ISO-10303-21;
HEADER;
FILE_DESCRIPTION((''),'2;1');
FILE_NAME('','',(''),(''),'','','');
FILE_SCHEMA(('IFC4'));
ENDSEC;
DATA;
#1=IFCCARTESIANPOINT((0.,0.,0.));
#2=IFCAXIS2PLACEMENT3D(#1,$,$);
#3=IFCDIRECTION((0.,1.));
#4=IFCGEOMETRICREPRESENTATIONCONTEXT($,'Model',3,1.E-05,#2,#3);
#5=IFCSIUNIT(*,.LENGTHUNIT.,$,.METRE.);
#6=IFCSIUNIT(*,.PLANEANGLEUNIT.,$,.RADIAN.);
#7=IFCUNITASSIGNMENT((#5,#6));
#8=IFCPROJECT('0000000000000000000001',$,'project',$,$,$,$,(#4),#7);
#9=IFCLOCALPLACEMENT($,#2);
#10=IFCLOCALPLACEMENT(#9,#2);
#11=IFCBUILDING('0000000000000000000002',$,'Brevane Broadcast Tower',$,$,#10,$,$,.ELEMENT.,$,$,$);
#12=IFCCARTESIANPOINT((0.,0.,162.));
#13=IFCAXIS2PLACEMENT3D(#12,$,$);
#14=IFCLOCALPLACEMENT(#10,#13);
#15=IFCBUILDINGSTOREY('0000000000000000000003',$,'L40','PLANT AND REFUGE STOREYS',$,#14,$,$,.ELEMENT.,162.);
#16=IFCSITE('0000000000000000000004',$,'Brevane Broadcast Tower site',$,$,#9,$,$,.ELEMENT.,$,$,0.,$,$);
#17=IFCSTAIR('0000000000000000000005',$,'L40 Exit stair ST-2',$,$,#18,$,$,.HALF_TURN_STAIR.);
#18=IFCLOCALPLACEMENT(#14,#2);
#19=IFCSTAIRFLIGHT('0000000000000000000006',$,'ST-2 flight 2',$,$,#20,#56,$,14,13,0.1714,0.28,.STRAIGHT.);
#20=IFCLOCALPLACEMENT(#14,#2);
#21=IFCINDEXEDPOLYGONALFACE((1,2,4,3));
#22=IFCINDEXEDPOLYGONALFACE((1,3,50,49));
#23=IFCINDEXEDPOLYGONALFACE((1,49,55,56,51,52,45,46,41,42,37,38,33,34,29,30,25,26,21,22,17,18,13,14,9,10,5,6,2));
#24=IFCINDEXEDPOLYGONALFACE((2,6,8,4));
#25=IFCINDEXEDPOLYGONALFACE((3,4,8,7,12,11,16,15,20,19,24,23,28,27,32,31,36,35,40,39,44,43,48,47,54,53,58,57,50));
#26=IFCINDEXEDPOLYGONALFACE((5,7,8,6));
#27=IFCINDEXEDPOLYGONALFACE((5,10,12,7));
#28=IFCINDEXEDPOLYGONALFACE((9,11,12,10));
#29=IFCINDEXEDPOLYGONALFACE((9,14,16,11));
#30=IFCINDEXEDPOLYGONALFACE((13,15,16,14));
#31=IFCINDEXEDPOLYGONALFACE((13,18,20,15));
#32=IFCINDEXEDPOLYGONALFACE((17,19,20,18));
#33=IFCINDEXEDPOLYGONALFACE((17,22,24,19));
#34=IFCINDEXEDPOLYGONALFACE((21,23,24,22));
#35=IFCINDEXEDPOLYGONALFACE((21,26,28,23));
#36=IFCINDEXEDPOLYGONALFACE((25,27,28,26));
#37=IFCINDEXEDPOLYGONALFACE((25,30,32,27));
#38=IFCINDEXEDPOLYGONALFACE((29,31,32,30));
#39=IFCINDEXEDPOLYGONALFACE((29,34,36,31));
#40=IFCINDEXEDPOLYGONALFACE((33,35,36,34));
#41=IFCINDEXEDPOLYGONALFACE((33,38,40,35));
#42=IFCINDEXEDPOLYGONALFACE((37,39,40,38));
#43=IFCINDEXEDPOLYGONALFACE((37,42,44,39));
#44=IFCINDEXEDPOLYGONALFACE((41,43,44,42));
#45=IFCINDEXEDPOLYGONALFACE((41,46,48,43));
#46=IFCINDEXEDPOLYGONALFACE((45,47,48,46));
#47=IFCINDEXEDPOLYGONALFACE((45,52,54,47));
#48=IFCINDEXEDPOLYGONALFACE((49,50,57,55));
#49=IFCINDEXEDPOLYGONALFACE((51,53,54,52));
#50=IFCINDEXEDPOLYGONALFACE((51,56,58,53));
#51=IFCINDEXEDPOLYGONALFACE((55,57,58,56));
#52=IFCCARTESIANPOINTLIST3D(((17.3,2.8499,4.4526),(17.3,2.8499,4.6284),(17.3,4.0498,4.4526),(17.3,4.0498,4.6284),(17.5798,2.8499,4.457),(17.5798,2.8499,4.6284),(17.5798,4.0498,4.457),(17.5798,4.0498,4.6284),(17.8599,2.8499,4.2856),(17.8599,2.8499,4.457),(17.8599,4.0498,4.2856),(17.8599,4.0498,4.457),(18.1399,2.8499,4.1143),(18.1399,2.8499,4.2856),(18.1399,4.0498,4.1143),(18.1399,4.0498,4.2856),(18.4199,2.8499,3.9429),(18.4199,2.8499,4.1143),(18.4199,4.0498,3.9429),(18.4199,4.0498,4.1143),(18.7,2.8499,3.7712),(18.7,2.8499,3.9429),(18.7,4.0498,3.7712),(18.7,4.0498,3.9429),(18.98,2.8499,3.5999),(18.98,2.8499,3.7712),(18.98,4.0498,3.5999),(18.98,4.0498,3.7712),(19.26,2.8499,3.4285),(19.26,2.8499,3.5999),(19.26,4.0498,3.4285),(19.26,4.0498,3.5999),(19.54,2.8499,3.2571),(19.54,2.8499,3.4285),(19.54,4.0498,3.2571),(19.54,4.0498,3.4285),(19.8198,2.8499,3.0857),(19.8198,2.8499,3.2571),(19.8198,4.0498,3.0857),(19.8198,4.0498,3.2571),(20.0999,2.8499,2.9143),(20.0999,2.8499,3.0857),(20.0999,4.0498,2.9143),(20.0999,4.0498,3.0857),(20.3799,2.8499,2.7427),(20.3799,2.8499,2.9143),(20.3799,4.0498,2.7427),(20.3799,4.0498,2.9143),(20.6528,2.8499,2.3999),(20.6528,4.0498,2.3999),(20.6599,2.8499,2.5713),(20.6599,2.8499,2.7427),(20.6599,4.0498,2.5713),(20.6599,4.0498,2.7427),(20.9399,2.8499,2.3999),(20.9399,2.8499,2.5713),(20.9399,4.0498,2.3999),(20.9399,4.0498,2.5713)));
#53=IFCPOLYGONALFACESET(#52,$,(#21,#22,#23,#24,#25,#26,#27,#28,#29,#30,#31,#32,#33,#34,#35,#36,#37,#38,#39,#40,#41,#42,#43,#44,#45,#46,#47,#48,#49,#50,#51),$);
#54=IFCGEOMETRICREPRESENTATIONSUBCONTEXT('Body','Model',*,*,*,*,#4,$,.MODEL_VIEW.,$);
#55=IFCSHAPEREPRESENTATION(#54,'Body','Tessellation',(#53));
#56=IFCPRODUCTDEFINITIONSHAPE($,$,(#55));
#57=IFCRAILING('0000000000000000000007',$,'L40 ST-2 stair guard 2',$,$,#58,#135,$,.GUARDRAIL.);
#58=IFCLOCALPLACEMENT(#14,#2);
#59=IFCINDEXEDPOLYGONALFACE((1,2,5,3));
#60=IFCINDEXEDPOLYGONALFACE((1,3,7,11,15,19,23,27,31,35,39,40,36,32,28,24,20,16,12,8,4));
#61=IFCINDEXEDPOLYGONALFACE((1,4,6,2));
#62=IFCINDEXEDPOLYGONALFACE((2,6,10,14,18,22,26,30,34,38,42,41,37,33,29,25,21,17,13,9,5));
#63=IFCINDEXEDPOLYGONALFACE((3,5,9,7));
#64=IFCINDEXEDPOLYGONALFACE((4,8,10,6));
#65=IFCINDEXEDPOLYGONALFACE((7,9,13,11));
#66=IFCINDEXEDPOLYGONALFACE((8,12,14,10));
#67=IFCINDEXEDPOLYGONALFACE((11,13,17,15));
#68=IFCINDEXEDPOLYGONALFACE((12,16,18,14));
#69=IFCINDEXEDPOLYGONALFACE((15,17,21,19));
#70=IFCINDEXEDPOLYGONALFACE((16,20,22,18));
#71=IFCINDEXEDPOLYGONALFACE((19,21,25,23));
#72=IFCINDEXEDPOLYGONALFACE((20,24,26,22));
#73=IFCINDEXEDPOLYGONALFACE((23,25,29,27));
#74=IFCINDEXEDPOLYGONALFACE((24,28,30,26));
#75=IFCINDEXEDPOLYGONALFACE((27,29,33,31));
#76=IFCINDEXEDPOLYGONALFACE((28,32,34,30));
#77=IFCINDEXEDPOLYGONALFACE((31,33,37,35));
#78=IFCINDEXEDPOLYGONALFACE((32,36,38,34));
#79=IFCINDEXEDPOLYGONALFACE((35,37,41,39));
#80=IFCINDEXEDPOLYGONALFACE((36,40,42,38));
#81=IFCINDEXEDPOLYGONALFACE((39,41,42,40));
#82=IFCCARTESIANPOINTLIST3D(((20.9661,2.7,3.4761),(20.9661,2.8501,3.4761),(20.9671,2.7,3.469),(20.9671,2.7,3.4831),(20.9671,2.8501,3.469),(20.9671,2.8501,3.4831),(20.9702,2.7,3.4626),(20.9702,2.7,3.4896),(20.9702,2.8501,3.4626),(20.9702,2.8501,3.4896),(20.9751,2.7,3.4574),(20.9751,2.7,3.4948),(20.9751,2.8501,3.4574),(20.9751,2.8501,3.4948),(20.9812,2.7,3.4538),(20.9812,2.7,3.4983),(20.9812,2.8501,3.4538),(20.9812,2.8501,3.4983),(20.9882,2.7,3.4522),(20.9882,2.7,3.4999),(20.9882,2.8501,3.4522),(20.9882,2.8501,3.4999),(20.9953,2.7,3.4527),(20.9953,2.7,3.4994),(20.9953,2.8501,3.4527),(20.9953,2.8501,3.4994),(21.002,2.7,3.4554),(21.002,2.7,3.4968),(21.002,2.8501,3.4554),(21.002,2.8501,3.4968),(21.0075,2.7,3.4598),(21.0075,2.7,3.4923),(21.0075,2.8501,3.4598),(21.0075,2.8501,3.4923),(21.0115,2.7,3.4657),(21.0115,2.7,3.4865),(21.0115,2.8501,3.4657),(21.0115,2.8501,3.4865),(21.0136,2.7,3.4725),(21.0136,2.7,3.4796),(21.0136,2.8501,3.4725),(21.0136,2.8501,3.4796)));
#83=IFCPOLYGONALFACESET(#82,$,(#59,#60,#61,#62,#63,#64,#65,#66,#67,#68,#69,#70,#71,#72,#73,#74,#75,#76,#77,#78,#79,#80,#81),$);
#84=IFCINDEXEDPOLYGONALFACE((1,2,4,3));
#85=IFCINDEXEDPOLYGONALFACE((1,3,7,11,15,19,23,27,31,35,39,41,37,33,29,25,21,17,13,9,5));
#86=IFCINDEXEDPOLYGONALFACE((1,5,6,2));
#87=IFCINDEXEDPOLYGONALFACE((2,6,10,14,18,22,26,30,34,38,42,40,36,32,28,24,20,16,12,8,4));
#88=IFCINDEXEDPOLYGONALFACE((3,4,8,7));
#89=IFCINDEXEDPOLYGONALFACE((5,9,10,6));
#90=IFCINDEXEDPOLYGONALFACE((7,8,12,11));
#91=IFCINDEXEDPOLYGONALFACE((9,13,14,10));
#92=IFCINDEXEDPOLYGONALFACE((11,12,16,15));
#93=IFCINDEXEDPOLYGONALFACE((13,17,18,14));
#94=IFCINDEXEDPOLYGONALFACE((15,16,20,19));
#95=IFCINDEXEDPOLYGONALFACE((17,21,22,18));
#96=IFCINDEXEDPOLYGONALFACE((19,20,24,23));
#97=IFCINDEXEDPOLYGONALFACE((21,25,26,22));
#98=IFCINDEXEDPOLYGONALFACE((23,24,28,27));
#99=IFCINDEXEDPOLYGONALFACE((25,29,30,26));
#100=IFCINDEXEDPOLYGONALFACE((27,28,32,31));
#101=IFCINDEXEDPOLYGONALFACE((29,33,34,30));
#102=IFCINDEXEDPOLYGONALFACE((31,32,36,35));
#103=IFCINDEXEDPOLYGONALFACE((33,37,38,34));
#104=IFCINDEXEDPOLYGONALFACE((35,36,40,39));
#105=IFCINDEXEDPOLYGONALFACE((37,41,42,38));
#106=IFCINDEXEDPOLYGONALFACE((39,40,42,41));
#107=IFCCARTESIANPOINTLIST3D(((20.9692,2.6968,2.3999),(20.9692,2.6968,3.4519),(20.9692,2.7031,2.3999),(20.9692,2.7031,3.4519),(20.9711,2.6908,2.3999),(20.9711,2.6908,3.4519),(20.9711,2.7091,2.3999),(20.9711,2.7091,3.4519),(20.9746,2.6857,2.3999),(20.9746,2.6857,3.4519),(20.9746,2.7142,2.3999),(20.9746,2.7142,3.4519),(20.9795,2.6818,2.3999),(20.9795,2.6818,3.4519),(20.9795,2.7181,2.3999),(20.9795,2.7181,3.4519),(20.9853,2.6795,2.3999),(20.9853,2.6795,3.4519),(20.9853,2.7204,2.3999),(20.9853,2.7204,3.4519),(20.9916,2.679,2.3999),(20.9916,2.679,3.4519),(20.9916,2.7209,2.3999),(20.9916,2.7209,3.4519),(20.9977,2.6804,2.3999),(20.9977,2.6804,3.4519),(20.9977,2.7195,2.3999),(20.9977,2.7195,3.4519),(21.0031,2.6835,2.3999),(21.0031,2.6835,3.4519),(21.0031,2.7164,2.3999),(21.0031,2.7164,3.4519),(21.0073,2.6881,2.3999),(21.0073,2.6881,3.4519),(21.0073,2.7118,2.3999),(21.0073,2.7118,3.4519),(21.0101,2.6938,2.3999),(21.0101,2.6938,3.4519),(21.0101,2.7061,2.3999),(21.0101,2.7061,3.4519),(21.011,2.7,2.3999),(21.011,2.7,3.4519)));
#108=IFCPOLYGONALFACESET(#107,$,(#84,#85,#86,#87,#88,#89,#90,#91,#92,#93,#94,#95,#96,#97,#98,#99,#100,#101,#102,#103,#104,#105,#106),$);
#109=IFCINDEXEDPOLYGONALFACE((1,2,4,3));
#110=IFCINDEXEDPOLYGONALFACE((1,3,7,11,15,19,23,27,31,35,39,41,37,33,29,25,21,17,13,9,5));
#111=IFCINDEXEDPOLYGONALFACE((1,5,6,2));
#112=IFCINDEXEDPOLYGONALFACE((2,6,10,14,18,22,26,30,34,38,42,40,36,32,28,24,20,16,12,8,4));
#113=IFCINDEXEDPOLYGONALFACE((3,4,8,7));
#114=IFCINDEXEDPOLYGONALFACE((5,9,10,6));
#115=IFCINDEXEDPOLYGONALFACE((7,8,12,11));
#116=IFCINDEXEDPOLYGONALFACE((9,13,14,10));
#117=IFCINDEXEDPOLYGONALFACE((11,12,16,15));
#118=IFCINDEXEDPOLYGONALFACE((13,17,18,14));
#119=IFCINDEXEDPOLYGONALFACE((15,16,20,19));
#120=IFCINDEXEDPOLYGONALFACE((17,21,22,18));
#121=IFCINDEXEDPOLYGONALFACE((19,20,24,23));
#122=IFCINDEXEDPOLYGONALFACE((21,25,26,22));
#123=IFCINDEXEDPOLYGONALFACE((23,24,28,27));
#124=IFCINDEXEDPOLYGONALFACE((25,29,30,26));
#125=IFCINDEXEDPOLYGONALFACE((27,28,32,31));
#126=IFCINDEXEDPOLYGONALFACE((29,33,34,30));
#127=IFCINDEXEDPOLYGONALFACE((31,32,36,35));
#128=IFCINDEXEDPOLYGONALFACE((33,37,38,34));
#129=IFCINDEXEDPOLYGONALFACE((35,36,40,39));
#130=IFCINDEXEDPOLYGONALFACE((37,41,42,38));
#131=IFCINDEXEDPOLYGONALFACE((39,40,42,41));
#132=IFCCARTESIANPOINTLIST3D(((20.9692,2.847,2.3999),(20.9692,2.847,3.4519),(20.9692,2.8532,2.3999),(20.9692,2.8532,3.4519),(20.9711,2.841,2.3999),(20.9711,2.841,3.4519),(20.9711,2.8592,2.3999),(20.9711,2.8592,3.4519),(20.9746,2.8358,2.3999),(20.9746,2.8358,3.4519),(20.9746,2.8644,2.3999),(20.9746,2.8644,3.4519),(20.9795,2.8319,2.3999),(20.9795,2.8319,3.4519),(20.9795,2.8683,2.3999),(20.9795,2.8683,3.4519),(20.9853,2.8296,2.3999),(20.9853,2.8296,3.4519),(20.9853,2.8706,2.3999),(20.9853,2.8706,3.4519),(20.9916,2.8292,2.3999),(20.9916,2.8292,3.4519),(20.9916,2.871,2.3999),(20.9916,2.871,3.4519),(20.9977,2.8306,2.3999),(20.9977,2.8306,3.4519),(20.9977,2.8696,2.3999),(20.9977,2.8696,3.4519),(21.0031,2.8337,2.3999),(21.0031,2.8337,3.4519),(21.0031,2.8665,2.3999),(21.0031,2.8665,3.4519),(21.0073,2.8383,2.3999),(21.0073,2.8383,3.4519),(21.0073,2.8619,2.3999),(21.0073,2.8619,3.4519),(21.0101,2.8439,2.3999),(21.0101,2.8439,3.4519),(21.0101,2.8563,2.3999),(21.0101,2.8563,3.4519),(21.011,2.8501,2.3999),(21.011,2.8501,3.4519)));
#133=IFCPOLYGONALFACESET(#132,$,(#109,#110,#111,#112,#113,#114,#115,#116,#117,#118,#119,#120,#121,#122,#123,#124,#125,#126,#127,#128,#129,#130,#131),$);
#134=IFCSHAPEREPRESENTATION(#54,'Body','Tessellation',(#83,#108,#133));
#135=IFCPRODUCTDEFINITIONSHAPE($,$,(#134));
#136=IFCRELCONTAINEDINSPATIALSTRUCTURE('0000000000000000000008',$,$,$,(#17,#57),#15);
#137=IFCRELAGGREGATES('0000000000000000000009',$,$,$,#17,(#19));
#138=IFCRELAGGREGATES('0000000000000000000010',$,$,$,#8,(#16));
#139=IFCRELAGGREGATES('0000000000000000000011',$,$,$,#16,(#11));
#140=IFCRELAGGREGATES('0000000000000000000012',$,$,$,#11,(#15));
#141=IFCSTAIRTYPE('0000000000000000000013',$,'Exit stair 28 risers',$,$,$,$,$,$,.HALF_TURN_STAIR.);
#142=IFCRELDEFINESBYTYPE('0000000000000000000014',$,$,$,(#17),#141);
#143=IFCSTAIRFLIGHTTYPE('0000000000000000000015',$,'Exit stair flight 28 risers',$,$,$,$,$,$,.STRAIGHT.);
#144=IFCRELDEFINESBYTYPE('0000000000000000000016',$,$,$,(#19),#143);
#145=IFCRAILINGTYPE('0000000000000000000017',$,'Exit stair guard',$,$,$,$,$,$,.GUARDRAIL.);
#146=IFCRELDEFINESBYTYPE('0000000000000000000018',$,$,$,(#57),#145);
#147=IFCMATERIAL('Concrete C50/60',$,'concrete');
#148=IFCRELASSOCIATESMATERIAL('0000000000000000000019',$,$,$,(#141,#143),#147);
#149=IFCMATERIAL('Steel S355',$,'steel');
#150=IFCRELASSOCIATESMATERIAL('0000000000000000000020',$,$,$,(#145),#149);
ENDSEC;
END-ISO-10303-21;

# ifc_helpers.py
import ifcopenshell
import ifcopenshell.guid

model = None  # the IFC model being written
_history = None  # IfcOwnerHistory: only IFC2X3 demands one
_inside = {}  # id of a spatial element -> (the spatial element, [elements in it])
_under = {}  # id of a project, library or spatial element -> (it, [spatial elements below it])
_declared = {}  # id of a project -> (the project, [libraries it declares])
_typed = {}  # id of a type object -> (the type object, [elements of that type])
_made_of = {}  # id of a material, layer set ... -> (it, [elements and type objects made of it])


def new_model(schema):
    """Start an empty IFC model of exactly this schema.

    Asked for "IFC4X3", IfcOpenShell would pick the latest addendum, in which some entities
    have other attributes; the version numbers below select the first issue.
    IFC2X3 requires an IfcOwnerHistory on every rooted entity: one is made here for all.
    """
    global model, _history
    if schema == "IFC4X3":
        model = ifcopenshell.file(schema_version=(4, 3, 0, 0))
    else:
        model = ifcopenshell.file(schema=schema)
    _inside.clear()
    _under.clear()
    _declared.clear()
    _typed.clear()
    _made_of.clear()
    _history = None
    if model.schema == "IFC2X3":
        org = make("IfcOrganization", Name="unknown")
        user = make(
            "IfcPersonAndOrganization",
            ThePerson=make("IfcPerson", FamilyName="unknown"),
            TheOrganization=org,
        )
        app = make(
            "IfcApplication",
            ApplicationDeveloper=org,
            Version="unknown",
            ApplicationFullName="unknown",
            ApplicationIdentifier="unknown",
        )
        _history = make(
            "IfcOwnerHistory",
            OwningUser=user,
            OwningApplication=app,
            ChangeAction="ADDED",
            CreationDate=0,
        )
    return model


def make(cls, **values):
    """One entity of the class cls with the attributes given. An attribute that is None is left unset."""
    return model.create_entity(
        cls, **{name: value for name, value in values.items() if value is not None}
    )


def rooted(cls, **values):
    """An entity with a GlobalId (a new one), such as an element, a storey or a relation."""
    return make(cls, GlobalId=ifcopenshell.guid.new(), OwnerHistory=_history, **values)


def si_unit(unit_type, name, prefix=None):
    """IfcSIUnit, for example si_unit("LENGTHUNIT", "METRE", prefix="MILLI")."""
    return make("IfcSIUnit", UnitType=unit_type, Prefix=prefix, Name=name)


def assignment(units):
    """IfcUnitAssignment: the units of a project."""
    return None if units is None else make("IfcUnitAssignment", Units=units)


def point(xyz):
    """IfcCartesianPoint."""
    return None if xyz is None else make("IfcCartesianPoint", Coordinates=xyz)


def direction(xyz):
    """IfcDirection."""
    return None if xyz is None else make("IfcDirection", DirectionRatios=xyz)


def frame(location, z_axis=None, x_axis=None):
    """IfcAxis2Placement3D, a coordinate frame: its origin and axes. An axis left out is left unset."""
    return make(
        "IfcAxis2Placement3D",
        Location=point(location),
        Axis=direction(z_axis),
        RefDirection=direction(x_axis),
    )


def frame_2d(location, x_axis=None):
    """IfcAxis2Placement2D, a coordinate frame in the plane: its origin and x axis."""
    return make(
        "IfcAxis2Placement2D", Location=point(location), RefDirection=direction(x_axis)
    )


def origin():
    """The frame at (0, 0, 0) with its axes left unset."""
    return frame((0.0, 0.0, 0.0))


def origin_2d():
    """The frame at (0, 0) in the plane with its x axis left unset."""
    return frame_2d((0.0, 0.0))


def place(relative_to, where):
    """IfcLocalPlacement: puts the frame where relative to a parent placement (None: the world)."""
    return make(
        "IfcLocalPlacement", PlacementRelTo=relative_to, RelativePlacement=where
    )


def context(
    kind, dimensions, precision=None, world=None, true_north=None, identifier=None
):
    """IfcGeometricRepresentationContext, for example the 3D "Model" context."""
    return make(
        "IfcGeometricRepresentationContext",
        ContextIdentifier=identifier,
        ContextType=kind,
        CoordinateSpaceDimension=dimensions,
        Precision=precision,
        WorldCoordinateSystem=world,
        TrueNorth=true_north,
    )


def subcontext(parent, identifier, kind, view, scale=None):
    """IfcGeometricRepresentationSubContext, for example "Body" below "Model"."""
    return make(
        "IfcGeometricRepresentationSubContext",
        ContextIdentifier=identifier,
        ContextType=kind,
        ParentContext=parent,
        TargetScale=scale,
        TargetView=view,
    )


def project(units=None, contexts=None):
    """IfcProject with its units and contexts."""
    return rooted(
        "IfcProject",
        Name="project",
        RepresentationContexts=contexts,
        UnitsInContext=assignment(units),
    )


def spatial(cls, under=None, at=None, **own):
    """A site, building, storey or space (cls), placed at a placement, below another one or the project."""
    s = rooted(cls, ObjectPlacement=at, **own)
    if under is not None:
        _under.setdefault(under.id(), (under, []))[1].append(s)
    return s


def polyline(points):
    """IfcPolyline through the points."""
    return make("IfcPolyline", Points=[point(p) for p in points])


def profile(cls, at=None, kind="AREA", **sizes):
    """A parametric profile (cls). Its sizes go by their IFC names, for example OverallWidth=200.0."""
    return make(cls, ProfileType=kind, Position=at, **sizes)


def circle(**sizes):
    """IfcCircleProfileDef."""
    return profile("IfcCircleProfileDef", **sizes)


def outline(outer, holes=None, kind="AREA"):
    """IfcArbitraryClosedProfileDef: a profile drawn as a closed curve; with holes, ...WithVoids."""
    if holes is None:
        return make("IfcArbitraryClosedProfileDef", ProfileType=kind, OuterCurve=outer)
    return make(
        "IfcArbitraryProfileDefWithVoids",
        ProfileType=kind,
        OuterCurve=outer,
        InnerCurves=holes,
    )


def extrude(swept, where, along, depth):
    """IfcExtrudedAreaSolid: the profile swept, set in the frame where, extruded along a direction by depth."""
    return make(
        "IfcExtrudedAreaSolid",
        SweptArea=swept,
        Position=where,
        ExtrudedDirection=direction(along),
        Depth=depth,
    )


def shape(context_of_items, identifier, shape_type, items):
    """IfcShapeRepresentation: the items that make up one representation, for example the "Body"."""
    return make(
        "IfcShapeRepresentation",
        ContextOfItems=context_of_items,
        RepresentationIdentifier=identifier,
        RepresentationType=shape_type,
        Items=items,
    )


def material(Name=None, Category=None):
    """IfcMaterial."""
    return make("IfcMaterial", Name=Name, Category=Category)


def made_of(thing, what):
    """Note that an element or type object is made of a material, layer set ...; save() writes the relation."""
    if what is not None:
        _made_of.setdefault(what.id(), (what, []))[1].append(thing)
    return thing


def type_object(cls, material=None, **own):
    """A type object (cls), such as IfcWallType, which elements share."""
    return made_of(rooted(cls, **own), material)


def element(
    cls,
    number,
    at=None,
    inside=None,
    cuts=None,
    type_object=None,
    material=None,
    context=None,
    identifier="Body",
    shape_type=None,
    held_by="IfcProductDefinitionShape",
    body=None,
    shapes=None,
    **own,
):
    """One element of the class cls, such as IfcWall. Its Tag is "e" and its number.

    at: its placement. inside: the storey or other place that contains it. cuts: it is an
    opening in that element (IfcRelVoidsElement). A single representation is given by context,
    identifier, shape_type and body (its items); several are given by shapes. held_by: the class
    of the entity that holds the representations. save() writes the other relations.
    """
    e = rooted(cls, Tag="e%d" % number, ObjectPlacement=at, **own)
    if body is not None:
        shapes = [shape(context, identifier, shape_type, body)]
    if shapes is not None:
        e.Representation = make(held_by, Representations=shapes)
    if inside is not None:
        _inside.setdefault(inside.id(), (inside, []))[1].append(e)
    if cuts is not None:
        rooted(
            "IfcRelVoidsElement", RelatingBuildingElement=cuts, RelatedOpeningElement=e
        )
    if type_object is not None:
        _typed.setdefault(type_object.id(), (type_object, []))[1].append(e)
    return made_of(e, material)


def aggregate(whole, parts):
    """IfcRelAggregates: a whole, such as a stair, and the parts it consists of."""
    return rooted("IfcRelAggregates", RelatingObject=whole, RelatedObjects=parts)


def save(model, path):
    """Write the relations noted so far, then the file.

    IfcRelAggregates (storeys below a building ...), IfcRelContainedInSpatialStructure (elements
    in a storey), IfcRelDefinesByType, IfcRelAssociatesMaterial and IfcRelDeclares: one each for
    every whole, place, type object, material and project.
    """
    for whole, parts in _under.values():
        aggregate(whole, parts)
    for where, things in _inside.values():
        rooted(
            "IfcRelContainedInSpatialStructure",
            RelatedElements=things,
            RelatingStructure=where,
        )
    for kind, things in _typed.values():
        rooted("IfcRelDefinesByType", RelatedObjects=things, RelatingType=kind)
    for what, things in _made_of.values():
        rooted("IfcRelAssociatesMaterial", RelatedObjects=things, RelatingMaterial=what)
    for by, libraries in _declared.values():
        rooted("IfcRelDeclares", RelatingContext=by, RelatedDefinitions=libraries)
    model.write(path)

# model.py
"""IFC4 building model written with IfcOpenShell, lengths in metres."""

from ifc_helpers import new_model, si_unit, direction, frame, origin, origin_2d, place, context, subcontext, project, spatial, polyline, circle, outline, extrude, material, type_object, element, aggregate, save


model = new_model("IFC4")

# Units and contexts
model_context = context("Model", 3, precision=1e-05, world=origin(), true_north=direction((0.0, 1.0)))
body_context = subcontext(model_context, "Body", "Model", "MODEL_VIEW")
ifc_project = project(units=[si_unit("LENGTHUNIT", "METRE"), si_unit("PLANEANGLEUNIT", "RADIAN")], contexts=[model_context])

# Site, building, storey
site_placement = place(None, origin())
site = spatial("IfcSite", under=ifc_project, at=site_placement, Name="Brevane Broadcast Tower site", CompositionType="ELEMENT", RefElevation=0.0)
building_placement = place(site_placement, origin())
building = spatial("IfcBuilding", under=site, at=building_placement, Name="Brevane Broadcast Tower", CompositionType="ELEMENT")
storey_placement = place(building_placement, frame((0.0, 0.0, 162.0)))
storey = spatial("IfcBuildingStorey", under=building, at=storey_placement, Name="L40", Description="PLANT AND REFUGE STOREYS", CompositionType="ELEMENT", Elevation=162.0)

# Stair, stair flight
ifc_material_1 = material(Name="Concrete C50/60", Category="concrete")
stair_type = type_object("IfcStairType", Name="Exit stair 28 risers", PredefinedType="HALF_TURN_STAIR", material=ifc_material_1)
stair_placement = place(storey_placement, origin())
stair = element("IfcStair", 1, at=stair_placement, inside=storey, type_object=stair_type, Name="L40 Exit stair ST-2", PredefinedType="HALF_TURN_STAIR")
stair_flight_type = type_object("IfcStairFlightType", Name="Exit stair flight 28 risers", PredefinedType="STRAIGHT", material=ifc_material_1)
stair_flight_placement = place(storey_placement, frame((20.9399, 3.45, 2.3999), z_axis=(0.0, 0.0, 1.0), x_axis=(-1.0, 0.0, 0.0)))
stair_flight = element("IfcStairFlight", 2, at=stair_flight_placement, type_object=stair_flight_type, Name="ST-2 flight 2", NumberOfRisers=14, NumberOfTreads=13, PredefinedType="STRAIGHT", RiserHeight=0.1714, TreadLength=0.28, context=body_context, shape_type="SweptSolid", body=[
    extrude(outline(polyline([(0.0, 0.0), (0.0, 0.1714), (0.28, 0.1714), (0.28, 0.3428), (0.5601, 0.3428), (0.5601, 0.5144), (0.8401, 0.5144), (0.8401, 0.6858), (1.1201, 0.6858), (1.1201, 0.8572), (1.3999, 0.8572), (1.3999, 1.0286), (1.6799, 1.0286), (1.6799, 1.2), (1.96, 1.2), (1.96, 1.3713), (2.24, 1.3713), (2.24, 1.543), (2.52, 1.543), (2.52, 1.7144), (2.8, 1.7144), (2.8, 1.8857), (3.0801, 1.8857), (3.0801, 2.0571), (3.3601, 2.0571), (3.3601, 2.2285), (3.6399, 2.2285), (3.6399, 2.3999), (3.6399, 2.0527), (0.2871, 0.0), (0.0, 0.0)])), frame((0.0, 0.6001, 0.0), z_axis=(0.0, -1.0, 0.0), x_axis=(1.0, 0.0, 0.0)), (0.0, 0.0, 1.0), 1.2),
])
aggregate(stair, [stair_flight])

# Railing
ifc_material_2 = material(Name="Steel S355", Category="steel")
railing_type_1 = type_object("IfcRailingType", Name="Exit stair guard", PredefinedType="GUARDRAIL", material=ifc_material_2)
railing_1_placement = place(storey_placement, frame((20.99, 2.7, 2.3999)))
element("IfcRailing", 3, at=railing_1_placement, inside=storey, type_object=railing_type_1, Name="L40 ST-2 stair guard 2", PredefinedType="GUARDRAIL", context=body_context, shape_type="SweptSolid", body=[
    extrude(circle(Radius=0.0239, at=origin_2d()), frame((0.0, 0.0, 1.0762), z_axis=(0.0, 1.0, 0.0), x_axis=(-1.0, 0.0, 0.0)), (0.0, 0.0, 1.0), 0.1501),
    extrude(circle(Radius=0.021, at=origin_2d()), origin(), (0.0, 0.0, 1.0), 1.052),
    extrude(circle(Radius=0.021, at=origin_2d()), frame((0.0, 0.1501, 0.0)), (0.0, 0.0, 1.0), 1.052),
])

save(model, "model.ifc")
